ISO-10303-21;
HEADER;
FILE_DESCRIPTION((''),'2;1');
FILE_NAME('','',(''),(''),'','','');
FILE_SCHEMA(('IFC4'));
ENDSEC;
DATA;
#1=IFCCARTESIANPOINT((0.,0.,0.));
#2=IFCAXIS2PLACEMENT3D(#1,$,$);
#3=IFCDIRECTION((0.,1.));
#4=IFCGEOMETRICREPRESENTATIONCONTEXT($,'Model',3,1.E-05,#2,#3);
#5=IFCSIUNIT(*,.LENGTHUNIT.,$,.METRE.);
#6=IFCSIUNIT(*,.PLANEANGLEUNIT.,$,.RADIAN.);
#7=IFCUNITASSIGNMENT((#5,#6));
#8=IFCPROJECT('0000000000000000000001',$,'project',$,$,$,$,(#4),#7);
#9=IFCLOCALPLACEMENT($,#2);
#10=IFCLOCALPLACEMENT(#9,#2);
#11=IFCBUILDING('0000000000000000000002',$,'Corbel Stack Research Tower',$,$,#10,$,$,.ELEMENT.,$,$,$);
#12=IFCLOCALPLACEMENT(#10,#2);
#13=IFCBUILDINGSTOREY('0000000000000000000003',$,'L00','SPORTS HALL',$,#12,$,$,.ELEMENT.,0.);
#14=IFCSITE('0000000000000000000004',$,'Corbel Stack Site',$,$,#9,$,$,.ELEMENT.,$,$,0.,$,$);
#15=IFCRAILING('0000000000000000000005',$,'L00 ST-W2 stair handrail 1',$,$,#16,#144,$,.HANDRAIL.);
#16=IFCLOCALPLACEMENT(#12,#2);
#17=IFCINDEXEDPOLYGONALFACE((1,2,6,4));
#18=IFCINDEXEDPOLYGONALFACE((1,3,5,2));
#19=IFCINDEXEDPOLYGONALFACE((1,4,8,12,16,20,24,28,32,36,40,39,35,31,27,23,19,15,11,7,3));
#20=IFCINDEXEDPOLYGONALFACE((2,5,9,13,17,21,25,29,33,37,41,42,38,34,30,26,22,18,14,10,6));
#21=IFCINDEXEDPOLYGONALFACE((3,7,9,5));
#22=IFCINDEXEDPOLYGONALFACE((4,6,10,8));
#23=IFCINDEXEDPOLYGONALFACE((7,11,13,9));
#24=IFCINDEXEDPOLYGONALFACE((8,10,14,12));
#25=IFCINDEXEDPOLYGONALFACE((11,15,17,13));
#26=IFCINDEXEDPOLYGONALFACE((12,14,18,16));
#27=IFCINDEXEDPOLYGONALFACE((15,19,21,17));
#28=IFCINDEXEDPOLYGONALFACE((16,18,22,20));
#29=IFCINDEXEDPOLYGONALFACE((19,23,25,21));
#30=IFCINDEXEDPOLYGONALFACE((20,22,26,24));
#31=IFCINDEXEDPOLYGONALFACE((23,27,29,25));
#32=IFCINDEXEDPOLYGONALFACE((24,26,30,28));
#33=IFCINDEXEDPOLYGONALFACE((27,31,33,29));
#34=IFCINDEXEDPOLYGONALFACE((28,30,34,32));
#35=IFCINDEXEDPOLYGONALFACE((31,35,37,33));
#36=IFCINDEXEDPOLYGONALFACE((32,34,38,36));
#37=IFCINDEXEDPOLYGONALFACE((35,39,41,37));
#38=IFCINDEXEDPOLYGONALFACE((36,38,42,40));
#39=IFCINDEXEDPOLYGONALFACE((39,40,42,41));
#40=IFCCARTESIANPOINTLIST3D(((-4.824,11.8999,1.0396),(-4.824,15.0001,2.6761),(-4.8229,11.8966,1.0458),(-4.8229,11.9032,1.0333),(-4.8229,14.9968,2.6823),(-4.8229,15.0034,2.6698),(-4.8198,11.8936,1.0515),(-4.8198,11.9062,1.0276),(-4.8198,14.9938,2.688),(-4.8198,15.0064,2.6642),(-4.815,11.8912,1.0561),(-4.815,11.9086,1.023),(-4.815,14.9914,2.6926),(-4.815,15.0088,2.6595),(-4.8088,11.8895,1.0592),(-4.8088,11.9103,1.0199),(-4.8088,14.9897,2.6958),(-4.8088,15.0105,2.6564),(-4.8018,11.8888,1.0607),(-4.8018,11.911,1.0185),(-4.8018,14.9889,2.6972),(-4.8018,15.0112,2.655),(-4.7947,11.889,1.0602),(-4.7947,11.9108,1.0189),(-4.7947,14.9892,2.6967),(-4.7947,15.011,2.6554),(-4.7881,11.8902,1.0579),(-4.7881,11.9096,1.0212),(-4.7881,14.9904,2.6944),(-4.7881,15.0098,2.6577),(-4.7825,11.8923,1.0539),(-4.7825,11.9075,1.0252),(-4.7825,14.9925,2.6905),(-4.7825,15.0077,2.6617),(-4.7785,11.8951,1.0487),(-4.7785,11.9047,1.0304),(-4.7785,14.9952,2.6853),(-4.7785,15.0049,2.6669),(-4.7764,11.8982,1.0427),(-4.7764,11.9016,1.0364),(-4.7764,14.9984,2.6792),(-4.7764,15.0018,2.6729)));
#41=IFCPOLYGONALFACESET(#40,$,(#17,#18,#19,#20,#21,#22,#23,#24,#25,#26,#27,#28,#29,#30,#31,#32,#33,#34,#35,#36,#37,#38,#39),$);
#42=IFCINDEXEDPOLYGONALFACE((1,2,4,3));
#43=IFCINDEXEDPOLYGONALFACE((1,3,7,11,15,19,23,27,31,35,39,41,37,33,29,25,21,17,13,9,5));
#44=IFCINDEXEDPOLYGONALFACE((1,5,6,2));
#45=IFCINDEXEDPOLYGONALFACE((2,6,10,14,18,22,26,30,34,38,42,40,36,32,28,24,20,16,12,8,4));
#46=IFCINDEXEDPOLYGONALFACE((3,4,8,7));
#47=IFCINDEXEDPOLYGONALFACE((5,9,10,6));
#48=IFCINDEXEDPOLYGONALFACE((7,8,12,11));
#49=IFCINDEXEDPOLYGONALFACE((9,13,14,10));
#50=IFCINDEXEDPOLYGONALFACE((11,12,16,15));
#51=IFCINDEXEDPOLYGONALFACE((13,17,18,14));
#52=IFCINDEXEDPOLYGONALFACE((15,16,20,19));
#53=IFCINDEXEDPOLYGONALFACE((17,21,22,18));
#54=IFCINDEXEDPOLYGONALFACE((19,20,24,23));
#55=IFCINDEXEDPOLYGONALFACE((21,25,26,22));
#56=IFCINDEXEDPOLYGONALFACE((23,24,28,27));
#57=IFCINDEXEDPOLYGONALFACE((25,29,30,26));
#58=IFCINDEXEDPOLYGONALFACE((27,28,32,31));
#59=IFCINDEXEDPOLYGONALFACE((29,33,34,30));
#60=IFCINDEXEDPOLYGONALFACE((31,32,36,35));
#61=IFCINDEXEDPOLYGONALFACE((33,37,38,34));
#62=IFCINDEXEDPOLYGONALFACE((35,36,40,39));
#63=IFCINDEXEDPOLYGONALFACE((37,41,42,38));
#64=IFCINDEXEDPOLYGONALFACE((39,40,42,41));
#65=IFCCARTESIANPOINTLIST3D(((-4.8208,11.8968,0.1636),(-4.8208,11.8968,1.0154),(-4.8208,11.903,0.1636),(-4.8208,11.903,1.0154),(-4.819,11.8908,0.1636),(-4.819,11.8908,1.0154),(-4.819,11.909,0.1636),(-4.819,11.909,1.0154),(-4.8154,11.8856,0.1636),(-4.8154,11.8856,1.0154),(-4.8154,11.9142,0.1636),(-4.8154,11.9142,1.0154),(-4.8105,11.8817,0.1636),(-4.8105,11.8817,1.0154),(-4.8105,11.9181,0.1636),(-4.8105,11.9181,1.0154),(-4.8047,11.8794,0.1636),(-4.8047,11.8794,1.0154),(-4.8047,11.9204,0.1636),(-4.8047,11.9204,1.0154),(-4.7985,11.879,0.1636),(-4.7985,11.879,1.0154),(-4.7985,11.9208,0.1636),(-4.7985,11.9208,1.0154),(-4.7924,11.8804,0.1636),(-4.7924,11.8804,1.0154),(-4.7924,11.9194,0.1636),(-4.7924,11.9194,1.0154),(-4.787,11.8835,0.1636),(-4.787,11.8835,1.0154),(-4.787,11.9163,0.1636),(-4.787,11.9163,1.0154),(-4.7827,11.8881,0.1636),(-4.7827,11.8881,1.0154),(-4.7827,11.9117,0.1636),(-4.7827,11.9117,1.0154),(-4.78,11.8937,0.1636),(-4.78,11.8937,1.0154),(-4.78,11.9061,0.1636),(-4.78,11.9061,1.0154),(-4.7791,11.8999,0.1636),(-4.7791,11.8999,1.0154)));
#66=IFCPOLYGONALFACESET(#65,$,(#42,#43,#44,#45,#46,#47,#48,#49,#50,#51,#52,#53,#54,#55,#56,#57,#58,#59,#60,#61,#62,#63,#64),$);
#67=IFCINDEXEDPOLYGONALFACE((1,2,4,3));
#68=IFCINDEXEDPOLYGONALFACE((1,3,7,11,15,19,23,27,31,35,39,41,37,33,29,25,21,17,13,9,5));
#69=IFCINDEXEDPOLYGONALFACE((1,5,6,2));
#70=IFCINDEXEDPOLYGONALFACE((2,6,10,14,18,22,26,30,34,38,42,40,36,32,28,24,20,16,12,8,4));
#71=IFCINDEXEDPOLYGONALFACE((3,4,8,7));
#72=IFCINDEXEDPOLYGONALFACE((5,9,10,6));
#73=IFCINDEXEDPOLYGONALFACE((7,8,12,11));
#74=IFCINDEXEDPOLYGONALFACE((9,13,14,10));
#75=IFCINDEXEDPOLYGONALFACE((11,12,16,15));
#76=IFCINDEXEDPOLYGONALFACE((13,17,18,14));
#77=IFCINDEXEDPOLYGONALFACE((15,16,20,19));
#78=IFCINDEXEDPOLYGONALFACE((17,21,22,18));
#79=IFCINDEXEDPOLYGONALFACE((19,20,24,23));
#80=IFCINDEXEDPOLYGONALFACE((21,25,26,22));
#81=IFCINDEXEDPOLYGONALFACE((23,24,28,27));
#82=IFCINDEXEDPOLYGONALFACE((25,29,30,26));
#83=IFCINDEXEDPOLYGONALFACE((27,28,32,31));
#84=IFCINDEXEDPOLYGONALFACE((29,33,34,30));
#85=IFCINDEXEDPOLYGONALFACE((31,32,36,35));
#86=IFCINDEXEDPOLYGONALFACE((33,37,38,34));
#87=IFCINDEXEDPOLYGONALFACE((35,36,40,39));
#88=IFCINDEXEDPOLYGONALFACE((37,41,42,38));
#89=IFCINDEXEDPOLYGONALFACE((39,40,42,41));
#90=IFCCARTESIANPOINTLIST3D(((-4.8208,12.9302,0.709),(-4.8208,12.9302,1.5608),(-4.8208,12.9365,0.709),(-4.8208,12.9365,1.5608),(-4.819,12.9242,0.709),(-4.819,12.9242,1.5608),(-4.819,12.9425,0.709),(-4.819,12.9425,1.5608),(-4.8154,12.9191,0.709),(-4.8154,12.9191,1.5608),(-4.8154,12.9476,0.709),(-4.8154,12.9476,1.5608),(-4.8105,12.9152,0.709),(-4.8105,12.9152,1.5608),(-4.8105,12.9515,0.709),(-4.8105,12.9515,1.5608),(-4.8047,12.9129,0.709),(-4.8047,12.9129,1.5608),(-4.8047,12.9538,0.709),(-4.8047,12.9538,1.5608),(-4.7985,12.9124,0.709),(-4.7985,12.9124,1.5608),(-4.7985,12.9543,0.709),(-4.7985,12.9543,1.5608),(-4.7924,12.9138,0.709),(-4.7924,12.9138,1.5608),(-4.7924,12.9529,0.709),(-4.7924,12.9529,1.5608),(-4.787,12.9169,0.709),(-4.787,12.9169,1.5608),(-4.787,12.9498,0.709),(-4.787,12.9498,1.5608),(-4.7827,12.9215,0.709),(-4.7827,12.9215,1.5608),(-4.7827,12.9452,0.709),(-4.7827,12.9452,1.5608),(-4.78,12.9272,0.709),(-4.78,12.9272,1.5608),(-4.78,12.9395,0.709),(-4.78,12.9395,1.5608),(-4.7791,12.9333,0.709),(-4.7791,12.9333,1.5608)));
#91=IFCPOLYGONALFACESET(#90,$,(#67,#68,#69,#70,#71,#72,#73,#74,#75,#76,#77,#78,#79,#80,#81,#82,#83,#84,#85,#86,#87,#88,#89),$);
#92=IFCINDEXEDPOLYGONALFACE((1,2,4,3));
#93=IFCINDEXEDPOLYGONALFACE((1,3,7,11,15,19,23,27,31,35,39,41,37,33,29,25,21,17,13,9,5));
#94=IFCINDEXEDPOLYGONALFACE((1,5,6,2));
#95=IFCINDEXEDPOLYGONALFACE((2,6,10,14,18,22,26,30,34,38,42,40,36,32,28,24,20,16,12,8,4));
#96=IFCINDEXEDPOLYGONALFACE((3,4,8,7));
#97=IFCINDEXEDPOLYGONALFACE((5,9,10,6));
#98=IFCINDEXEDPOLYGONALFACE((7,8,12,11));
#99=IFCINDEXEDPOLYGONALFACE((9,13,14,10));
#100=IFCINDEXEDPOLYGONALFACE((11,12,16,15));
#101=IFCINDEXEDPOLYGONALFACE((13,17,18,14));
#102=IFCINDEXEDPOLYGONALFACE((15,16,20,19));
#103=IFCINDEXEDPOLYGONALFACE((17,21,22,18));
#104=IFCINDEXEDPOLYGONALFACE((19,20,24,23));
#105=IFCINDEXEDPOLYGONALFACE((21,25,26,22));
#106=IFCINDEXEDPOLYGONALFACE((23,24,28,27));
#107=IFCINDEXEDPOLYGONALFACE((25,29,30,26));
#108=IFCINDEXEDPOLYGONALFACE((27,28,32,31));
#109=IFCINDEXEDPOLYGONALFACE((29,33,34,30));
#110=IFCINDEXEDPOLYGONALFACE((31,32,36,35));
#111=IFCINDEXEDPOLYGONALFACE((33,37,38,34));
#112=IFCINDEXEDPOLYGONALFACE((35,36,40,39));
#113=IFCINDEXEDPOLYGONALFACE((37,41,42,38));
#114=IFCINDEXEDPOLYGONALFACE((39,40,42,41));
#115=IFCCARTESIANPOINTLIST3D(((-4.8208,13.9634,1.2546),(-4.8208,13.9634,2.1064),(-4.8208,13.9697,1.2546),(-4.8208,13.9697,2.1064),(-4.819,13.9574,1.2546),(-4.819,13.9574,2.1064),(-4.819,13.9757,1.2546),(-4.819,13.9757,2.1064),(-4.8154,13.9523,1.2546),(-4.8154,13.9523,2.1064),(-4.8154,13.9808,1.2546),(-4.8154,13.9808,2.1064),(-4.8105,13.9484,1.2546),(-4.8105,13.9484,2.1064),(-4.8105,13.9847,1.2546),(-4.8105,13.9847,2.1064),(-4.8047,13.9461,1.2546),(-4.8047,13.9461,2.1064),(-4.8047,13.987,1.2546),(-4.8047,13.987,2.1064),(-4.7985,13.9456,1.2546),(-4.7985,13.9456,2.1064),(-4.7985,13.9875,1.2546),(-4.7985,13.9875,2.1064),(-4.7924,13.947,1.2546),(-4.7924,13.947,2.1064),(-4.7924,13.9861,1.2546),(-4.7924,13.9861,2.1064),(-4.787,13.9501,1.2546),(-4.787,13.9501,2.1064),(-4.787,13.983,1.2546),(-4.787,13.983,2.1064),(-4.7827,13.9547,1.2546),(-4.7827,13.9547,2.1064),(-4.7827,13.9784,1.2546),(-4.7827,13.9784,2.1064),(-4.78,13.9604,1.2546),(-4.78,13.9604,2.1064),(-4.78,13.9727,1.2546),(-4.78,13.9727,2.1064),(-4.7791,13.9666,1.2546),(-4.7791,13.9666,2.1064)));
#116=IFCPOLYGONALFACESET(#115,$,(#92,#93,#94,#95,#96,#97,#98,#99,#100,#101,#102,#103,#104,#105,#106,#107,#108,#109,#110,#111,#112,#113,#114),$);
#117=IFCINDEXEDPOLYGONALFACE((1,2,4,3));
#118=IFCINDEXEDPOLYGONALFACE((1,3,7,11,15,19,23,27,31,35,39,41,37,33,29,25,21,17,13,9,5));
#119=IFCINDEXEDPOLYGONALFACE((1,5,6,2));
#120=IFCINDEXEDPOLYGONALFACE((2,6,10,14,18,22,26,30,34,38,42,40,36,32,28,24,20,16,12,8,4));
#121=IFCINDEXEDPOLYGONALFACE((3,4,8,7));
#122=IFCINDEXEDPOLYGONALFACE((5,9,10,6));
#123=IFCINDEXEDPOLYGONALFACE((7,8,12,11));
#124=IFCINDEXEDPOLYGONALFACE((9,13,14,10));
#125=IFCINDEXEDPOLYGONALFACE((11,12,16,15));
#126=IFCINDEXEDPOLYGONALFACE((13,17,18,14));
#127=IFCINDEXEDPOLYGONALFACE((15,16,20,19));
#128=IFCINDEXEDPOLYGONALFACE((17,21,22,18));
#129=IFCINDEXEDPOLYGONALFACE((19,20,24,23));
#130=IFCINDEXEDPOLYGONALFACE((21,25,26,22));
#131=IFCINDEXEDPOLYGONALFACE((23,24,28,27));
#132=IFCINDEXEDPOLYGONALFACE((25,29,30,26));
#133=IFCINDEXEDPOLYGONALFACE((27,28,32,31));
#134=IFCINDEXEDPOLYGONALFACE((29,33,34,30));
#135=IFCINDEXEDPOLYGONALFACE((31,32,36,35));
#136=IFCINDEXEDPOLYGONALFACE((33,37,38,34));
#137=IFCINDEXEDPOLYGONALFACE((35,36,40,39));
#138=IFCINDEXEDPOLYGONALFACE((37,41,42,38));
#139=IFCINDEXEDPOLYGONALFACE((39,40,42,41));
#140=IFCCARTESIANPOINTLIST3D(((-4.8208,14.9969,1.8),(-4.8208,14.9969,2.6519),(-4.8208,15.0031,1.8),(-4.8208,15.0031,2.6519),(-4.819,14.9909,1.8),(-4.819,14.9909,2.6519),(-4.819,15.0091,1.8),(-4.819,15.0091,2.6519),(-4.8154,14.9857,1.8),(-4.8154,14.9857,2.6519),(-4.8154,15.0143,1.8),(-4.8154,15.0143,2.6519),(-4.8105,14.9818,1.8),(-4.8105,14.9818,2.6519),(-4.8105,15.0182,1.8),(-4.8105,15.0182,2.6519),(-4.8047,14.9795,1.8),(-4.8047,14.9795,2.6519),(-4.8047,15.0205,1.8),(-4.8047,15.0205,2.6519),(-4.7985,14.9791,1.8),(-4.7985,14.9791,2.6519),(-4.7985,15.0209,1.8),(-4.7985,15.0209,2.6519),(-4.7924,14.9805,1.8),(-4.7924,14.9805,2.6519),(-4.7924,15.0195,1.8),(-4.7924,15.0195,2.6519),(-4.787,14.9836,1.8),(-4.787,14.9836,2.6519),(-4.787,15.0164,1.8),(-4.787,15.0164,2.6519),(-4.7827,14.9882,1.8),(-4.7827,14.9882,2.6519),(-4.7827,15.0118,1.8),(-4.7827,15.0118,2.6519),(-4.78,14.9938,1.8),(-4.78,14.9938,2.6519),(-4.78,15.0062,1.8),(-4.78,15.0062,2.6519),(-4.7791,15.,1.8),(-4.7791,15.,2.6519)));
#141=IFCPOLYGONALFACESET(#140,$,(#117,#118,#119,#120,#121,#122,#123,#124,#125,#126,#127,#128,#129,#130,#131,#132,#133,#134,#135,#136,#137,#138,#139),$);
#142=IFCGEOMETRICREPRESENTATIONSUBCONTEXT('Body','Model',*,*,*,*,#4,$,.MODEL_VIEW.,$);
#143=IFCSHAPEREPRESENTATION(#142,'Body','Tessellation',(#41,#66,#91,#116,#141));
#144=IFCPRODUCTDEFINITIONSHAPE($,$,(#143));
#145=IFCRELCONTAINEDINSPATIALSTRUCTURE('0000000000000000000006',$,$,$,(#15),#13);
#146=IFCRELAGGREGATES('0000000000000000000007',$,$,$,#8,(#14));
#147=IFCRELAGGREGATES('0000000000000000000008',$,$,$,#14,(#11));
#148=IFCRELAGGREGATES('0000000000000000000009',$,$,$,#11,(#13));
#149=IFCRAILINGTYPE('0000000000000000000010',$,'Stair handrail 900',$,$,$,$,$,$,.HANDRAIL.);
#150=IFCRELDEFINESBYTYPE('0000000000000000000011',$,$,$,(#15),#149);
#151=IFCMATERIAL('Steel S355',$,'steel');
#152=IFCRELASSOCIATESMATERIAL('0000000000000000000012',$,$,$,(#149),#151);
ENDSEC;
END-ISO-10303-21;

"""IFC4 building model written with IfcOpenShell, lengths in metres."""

from ifc_helpers import new_model, si_unit, direction, frame, origin, origin_2d, place, context, subcontext, project, spatial, circle, extrude, material, type_object, element, save


model = new_model("IFC4")

# Units and contexts
model_context = context("Model", 3, precision=1e-05, world=origin(), true_north=direction((0.0, 1.0)))
body_context = subcontext(model_context, "Body", "Model", "MODEL_VIEW")
ifc_project = project(units=[si_unit("LENGTHUNIT", "METRE"), si_unit("PLANEANGLEUNIT", "RADIAN")], contexts=[model_context])

# Site, building, storey
site_placement = place(None, origin())
site = spatial("IfcSite", under=ifc_project, at=site_placement, Name="Corbel Stack Site", CompositionType="ELEMENT", RefElevation=0.0)
building_placement = place(site_placement, origin())
building = spatial("IfcBuilding", under=site, at=building_placement, Name="Corbel Stack Research Tower", CompositionType="ELEMENT")
storey_placement = place(building_placement, origin())
storey = spatial("IfcBuildingStorey", under=building, at=storey_placement, Name="L00", Description="SPORTS HALL", CompositionType="ELEMENT", Elevation=0.0)

# Railing
ifc_material_1 = material(Name="Steel S355", Category="steel")
railing_type_1 = type_object("IfcRailingType", Name="Stair handrail 900", PredefinedType="HANDRAIL", material=ifc_material_1)
railing_1_placement = place(storey_placement, frame((-4.8, 11.8999, 0.1636)))
element("IfcRailing", 1, at=railing_1_placement, inside=storey, type_object=railing_type_1, Name="L00 ST-W2 stair handrail 1", PredefinedType="HANDRAIL", context=body_context, shape_type="SweptSolid", body=[
    extrude(circle(Radius=0.0239, at=origin_2d()), frame((0.0, 0.0, 0.876), z_axis=(0.0, 0.884348, 0.466828), x_axis=(-1.0, 0.0, 0.0)), (0.0, 0.0, 1.0), 3.5056),
    extrude(circle(Radius=0.021, at=origin_2d()), origin(), (0.0, 0.0, 1.0), 0.8518),
    extrude(circle(Radius=0.021, at=origin_2d()), frame((0.0, 1.0334, 0.5454)), (0.0, 0.0, 1.0), 0.8518),
    extrude(circle(Radius=0.021, at=origin_2d()), frame((0.0, 2.0667, 1.0911)), (0.0, 0.0, 1.0), 0.8518),
    extrude(circle(Radius=0.021, at=origin_2d()), frame((0.0, 3.1001, 1.6365)), (0.0, 0.0, 1.0), 0.8518),
])

save(model, "model.ifc")
